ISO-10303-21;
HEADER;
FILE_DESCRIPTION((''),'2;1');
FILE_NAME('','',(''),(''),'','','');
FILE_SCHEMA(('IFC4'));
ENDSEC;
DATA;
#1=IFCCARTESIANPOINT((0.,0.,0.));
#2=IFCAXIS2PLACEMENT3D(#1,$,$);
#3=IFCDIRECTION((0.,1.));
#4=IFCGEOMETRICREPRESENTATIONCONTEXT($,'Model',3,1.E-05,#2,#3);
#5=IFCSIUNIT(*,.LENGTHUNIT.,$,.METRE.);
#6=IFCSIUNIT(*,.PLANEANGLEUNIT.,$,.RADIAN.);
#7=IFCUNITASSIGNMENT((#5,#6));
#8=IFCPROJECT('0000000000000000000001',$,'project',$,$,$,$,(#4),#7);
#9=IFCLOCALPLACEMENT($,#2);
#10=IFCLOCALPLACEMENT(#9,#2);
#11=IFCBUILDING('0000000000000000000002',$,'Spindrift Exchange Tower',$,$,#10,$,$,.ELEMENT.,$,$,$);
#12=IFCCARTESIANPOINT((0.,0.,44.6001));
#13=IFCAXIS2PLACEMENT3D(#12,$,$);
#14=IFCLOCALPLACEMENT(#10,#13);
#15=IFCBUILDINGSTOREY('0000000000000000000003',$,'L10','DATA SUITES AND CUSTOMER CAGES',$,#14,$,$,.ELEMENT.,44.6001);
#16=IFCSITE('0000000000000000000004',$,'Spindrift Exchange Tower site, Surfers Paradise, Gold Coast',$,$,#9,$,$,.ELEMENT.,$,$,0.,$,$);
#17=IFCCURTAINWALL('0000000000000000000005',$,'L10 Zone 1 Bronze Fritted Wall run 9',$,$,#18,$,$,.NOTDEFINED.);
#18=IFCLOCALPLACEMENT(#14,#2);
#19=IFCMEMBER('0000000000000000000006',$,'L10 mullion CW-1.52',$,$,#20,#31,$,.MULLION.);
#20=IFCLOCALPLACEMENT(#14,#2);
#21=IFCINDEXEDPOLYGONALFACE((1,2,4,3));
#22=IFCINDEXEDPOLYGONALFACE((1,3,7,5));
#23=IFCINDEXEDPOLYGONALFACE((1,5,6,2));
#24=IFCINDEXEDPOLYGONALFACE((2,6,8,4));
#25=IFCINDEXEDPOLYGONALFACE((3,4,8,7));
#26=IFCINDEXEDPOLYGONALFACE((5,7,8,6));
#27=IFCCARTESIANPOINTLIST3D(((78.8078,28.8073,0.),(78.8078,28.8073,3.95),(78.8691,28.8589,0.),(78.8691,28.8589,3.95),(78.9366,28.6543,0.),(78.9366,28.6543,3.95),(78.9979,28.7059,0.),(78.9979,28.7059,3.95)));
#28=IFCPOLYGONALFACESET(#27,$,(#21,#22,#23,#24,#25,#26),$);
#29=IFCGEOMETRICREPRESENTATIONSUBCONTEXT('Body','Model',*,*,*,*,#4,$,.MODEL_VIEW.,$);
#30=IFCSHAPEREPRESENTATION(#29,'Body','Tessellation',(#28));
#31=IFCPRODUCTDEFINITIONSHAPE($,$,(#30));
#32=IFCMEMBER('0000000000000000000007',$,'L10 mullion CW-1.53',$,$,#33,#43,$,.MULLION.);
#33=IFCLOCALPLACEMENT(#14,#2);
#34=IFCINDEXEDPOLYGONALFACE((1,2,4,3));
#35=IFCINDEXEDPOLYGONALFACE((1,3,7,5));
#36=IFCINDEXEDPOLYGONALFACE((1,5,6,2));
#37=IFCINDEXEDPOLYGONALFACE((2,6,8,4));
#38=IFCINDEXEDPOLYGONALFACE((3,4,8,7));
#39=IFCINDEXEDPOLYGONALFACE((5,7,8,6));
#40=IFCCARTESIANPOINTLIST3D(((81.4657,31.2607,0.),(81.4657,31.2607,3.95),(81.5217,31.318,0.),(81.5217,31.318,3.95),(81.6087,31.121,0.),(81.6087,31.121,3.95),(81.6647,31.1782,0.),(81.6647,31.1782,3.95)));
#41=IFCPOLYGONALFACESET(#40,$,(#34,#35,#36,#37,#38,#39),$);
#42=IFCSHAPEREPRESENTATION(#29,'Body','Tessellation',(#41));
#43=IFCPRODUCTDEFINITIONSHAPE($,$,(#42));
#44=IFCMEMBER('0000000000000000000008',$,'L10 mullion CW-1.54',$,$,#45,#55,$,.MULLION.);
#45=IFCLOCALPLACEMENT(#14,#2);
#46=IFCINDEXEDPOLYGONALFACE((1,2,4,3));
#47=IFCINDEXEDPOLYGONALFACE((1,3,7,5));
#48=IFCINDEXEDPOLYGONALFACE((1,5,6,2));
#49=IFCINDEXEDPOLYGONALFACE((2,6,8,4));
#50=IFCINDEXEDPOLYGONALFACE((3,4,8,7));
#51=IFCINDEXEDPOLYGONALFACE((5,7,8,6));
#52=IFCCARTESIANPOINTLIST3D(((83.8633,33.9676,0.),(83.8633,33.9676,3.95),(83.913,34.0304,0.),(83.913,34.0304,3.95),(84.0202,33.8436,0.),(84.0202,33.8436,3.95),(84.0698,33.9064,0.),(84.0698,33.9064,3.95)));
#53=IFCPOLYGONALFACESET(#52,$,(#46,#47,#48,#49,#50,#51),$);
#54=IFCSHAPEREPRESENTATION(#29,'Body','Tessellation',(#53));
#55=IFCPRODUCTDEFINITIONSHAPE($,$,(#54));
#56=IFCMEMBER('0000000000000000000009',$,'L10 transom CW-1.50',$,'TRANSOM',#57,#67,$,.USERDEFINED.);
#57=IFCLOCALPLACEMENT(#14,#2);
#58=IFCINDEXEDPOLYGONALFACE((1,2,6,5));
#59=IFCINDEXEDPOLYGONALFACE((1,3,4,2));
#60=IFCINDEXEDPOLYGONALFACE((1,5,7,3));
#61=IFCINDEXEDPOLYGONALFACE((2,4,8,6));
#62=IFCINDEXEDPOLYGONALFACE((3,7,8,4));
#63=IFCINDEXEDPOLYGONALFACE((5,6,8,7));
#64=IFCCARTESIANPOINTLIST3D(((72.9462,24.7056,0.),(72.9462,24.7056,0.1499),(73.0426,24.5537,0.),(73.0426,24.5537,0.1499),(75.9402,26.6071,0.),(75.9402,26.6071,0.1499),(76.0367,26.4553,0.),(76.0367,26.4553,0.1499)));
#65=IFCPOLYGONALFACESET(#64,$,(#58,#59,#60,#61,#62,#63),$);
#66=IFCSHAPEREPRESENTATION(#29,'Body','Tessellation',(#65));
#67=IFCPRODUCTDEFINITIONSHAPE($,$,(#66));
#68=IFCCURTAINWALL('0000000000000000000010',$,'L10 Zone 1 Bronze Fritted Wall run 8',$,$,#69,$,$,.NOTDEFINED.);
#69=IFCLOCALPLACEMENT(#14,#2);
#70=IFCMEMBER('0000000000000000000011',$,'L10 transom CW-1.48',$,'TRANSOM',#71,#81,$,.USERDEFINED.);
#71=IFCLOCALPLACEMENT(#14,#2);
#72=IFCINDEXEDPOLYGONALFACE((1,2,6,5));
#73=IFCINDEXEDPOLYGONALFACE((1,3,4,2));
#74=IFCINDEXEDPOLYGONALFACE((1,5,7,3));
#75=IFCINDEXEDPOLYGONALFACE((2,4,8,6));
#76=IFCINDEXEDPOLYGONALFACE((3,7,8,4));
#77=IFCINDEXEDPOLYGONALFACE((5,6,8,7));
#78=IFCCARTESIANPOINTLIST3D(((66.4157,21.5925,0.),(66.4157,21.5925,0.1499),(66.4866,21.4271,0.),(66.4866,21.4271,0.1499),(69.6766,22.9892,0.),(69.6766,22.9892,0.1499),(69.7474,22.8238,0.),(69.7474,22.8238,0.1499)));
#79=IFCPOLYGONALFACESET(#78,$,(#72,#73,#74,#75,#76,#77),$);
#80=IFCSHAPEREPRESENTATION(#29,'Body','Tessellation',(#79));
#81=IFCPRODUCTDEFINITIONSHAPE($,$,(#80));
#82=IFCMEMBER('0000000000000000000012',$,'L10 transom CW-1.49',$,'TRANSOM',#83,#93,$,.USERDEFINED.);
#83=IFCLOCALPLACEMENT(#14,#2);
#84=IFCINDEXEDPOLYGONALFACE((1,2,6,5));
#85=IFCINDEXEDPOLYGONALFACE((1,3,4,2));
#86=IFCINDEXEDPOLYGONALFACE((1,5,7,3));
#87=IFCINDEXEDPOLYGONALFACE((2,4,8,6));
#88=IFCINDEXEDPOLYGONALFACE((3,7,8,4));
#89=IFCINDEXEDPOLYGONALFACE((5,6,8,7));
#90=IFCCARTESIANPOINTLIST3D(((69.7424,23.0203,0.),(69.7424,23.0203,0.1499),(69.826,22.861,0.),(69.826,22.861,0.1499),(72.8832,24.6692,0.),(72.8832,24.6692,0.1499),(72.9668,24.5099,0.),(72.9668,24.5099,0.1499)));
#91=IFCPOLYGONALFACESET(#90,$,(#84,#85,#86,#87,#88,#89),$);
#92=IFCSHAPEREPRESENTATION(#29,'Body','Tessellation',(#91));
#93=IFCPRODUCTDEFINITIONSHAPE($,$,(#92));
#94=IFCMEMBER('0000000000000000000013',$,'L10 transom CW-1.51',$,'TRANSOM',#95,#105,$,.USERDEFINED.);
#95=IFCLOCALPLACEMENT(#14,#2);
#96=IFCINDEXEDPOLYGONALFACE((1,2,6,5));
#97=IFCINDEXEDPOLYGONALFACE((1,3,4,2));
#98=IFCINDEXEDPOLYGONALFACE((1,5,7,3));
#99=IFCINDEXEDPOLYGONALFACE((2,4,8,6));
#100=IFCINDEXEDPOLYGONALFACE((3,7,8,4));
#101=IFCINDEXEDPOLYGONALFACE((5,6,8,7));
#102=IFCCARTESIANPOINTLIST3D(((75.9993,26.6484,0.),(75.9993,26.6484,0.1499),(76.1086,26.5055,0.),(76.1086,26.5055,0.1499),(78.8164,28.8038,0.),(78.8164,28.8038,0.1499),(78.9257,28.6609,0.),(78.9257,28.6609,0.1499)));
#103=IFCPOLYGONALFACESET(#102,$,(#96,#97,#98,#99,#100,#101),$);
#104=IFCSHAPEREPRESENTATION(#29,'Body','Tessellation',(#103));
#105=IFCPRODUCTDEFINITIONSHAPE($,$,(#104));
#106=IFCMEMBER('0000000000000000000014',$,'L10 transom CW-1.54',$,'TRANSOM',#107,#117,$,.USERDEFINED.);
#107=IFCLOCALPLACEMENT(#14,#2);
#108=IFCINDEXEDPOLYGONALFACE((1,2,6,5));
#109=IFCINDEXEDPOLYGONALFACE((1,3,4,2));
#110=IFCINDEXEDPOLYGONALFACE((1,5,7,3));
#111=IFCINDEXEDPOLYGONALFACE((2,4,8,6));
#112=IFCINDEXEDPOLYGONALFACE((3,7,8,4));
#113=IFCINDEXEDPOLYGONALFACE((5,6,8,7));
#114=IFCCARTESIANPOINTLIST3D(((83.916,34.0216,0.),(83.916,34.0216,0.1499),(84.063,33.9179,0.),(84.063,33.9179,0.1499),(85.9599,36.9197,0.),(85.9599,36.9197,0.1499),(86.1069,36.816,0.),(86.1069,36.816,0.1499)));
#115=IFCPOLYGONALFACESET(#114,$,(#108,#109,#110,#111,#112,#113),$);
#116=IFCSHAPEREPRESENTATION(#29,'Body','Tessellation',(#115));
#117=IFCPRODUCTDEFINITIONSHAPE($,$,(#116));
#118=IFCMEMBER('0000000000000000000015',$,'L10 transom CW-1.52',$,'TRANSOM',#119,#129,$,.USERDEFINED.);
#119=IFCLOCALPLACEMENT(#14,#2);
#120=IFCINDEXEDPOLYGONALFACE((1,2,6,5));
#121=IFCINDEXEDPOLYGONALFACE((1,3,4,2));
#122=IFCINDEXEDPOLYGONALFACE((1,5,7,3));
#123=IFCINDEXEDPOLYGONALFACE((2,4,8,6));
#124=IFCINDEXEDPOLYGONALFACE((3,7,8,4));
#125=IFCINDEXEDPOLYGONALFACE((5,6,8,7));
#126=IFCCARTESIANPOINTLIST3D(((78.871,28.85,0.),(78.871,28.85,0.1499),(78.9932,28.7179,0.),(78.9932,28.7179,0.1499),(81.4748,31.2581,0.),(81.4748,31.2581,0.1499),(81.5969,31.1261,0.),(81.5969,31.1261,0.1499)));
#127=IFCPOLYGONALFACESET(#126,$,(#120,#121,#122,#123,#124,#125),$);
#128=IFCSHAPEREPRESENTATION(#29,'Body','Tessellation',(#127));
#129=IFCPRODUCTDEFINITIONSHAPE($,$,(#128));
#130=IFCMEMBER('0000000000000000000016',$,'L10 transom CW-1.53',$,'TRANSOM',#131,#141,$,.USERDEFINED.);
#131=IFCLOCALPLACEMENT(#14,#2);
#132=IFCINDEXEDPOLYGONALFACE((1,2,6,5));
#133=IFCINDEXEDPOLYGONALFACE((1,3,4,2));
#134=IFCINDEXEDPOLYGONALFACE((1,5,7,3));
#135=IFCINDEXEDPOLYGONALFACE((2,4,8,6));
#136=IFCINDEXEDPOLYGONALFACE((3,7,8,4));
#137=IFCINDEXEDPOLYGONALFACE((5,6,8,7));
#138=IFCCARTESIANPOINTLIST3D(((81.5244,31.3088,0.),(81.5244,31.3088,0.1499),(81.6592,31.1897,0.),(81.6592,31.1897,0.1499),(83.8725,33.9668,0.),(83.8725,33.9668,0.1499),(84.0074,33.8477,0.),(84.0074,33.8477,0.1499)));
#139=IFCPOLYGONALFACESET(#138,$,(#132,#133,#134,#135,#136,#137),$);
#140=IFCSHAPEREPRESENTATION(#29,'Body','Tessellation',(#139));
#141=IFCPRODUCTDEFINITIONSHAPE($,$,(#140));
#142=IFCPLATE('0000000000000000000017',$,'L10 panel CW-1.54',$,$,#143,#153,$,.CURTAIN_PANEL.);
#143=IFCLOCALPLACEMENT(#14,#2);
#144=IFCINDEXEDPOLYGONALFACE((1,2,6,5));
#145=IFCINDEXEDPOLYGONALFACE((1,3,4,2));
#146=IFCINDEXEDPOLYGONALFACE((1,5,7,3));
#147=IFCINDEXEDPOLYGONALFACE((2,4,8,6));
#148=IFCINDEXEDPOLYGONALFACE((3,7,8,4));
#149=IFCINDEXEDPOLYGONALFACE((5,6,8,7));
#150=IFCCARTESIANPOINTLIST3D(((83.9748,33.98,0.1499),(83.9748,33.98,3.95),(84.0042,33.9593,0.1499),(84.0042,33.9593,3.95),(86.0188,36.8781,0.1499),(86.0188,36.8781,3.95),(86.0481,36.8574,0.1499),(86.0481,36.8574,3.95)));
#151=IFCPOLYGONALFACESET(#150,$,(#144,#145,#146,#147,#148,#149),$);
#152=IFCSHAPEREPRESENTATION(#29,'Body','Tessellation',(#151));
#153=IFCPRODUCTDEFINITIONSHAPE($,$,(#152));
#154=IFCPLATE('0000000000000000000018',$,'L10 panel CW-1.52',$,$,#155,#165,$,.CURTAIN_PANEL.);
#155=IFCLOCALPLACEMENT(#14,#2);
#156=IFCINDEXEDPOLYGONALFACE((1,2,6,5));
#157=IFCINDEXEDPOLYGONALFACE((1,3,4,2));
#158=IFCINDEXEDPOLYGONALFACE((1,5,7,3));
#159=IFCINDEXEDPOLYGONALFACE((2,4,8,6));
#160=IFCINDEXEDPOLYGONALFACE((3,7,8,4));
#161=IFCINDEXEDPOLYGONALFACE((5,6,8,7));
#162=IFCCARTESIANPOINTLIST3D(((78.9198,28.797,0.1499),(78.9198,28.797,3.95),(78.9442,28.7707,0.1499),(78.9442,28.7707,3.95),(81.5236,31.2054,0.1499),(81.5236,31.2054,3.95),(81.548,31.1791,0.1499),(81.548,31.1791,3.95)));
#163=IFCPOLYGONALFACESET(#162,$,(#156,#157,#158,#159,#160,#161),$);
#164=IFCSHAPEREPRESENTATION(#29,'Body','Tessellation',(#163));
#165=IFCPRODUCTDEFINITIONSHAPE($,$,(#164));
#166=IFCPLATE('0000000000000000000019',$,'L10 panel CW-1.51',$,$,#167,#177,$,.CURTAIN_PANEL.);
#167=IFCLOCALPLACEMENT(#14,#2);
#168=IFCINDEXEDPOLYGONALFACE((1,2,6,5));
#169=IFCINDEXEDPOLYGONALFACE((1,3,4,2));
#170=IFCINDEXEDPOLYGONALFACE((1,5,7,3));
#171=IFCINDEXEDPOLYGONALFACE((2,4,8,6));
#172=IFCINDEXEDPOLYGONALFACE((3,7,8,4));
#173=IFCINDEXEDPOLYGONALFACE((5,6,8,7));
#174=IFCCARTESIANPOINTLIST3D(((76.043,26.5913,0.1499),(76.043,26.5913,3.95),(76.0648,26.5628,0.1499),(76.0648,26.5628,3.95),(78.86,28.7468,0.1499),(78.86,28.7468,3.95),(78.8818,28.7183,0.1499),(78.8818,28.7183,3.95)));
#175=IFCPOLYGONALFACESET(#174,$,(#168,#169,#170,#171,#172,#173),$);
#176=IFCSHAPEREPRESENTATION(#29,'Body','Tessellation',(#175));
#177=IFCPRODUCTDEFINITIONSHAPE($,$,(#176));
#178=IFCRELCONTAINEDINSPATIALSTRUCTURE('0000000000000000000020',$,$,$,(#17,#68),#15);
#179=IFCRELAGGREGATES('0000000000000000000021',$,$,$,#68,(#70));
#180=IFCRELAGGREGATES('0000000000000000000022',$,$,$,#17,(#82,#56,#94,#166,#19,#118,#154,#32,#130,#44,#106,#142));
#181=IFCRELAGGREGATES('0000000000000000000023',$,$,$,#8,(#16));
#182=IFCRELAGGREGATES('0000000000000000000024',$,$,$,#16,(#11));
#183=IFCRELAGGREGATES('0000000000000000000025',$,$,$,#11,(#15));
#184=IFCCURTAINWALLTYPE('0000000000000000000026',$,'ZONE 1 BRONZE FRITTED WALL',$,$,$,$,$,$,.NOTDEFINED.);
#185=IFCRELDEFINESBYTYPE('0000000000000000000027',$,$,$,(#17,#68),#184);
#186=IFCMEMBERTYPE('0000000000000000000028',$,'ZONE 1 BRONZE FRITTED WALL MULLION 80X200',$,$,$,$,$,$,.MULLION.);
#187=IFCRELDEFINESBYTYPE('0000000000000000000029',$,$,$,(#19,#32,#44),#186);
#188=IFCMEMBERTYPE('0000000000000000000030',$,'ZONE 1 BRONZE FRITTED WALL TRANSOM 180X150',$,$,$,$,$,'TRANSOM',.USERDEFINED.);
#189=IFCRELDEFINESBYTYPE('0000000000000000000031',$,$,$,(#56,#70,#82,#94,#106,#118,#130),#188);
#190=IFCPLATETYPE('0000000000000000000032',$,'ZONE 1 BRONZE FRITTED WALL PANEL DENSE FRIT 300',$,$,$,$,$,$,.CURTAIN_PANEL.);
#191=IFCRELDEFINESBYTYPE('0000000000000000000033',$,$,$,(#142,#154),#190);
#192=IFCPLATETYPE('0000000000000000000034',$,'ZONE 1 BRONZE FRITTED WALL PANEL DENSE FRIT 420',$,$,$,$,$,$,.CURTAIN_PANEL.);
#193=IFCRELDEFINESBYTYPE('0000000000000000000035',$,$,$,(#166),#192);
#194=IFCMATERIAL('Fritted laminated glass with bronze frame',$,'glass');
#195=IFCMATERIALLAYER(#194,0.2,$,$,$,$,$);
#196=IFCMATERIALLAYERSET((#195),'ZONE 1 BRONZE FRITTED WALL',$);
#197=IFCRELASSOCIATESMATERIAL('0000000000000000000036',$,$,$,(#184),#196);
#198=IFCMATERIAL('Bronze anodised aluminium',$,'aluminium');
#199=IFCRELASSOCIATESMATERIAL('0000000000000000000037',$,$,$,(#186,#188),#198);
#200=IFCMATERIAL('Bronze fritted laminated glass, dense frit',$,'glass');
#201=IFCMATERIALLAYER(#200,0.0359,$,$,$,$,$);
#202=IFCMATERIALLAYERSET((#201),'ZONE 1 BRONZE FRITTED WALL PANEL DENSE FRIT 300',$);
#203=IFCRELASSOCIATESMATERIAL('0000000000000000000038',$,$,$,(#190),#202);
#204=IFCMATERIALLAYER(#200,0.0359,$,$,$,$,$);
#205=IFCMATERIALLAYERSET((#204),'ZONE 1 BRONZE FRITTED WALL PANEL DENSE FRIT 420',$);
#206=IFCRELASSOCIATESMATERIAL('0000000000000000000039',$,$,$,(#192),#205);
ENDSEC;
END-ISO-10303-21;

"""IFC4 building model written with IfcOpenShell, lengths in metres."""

from ifc_helpers import new_model, si_unit, direction, frame, origin, origin_2d, place, context, subcontext, project, spatial, rectangle, extrude, source, transform, mapped, material, layer, layer_set, material_profile, profile_set, type_object, element, aggregate, save


model = new_model("IFC4")

# Units and contexts
model_context = context("Model", 3, precision=1e-05, world=origin(), true_north=direction((0.0, 1.0)))
body_context = subcontext(model_context, "Body", "Model", "MODEL_VIEW")
ifc_project = project(units=[si_unit("LENGTHUNIT", "METRE"), si_unit("PLANEANGLEUNIT", "RADIAN")], contexts=[model_context])

# Site, building, storey
site_placement = place(None, origin())
site = spatial("IfcSite", under=ifc_project, at=site_placement, Name="Spindrift Exchange Tower site, Surfers Paradise, Gold Coast", CompositionType="ELEMENT", RefElevation=0.0)
building_placement = place(site_placement, origin())
building = spatial("IfcBuilding", under=site, at=building_placement, Name="Spindrift Exchange Tower", CompositionType="ELEMENT")
storey_placement = place(building_placement, frame((0.0, 0.0, 44.6001)))
storey = spatial("IfcBuildingStorey", under=building, at=storey_placement, Name="L10", Description="DATA SUITES AND CUSTOMER CAGES", CompositionType="ELEMENT", Elevation=44.6001)

# Curtain wall, members
ifc_material_1 = material(Name="Fritted laminated glass with bronze frame", Category="glass")
ifc_layer_1 = layer(ifc_material_1, 0.2)
ifc_layer_set_1 = layer_set([ifc_layer_1], Name="ZONE 1 BRONZE FRITTED WALL")
curtain_wall_type = type_object("IfcCurtainWallType", Name="ZONE 1 BRONZE FRITTED WALL", PredefinedType="NOTDEFINED", material=ifc_layer_set_1)
curtain_wall_1_placement = place(storey_placement, origin())
curtain_wall_1 = element("IfcCurtainWall", 1, at=curtain_wall_1_placement, inside=storey, type_object=curtain_wall_type, Name="L10 Zone 1 Bronze Fritted Wall run 9", PredefinedType="NOTDEFINED")
ifc_material_2 = material(Name="Bronze anodised aluminium", Category="aluminium")
ifc_material_profile_1 = material_profile(ifc_material_2, rectangle(XDim=0.0801, YDim=0.2, at=origin_2d()), Name="ZONE 1 BRONZE FRITTED WALL MULLION 80X200")
ifc_profile_set_1 = profile_set([ifc_material_profile_1], Name="Bronze anodised aluminium")
member_type_1 = type_object("IfcMemberType", Name="ZONE 1 BRONZE FRITTED WALL MULLION 80X200", PredefinedType="MULLION", material=ifc_profile_set_1)
shared_shape_1 = source(origin(), body_context, "Body", "SweptSolid", [
    extrude(rectangle(XDim=0.0801, YDim=0.2, at=origin_2d()), origin(), (0.0, 0.0, 1.0), 3.95),
])
member_1_placement = place(storey_placement, frame((78.9028, 28.7566, 0.0), z_axis=(0.0, 0.0, 1.0), x_axis=(0.764985, 0.644049, 0.0)))
member_1 = element("IfcMember", 2, at=member_1_placement, type_object=member_type_1, Name="L10 mullion CW-1.52", PredefinedType="MULLION", context=body_context, shape_type="MappedRepresentation", body=[
    mapped(shared_shape_1, transform((0.0, 0.0, 0.0), scale=1.0)),
])
member_2_placement = place(storey_placement, frame((81.5652, 31.2195, 0.0), z_axis=(0.0, 0.0, 1.0), x_axis=(0.699005, 0.715117, 0.0)))
member_2 = element("IfcMember", 3, at=member_2_placement, type_object=member_type_1, Name="L10 mullion CW-1.53", PredefinedType="MULLION", context=body_context, shape_type="MappedRepresentation", body=[
    mapped(shared_shape_1, transform((0.0, 0.0, 0.0), scale=1.0)),
])
member_3_placement = place(storey_placement, frame((83.9666, 33.937, 0.0), z_axis=(0.0, 0.0, 1.0), x_axis=(0.620163, 0.784473, 0.0)))
member_3 = element("IfcMember", 4, at=member_3_placement, type_object=member_type_1, Name="L10 mullion CW-1.54", PredefinedType="MULLION", context=body_context, shape_type="MappedRepresentation", body=[
    mapped(shared_shape_1, transform((0.0, 0.0, 0.0), scale=1.0)),
])
ifc_material_profile_2 = material_profile(ifc_material_2, rectangle(XDim=0.1799, YDim=0.1499, at=origin_2d()), Name="ZONE 1 BRONZE FRITTED WALL TRANSOM 180X150")
ifc_profile_set_2 = profile_set([ifc_material_profile_2], Name="Bronze anodised aluminium")
member_type_2 = type_object("IfcMemberType", Name="ZONE 1 BRONZE FRITTED WALL TRANSOM 180X150", ElementType="TRANSOM", PredefinedType="USERDEFINED", material=ifc_profile_set_2)
shared_shape_2 = source(origin(), body_context, "Body", "SweptSolid", [
    extrude(rectangle(XDim=0.1799, YDim=0.1499, at=origin_2d()), origin(), (0.0, 0.0, 1.0), 3.5469),
])
member_4_placement = place(storey_placement, frame((72.9944, 24.6296, 0.075), z_axis=(0.84414, 0.536123, 0.0), x_axis=(-0.536123, 0.84414, 0.0)))
member_4 = element("IfcMember", 5, at=member_4_placement, type_object=member_type_2, Name="L10 transom CW-1.50", ObjectType="TRANSOM", PredefinedType="USERDEFINED", context=body_context, shape_type="MappedRepresentation", body=[
    mapped(shared_shape_2, transform((0.0, 0.0, 0.0), scale=1.0)),
])

# Curtain wall, member
curtain_wall_2_placement = place(storey_placement, origin())
curtain_wall_2 = element("IfcCurtainWall", 6, at=curtain_wall_2_placement, inside=storey, type_object=curtain_wall_type, Name="L10 Zone 1 Bronze Fritted Wall run 8", PredefinedType="NOTDEFINED")
shared_shape_3 = source(origin(), body_context, "Body", "SweptSolid", [
    extrude(rectangle(XDim=0.1799, YDim=0.1499, at=origin_2d()), origin(), (0.0, 0.0, 1.0), 3.5474),
])
member_5_placement = place(storey_placement, frame((66.4512, 21.5098, 0.075), z_axis=(0.91922, 0.393745, 0.0), x_axis=(-0.393745, 0.91922, 0.0)))
member_5 = element("IfcMember", 7, at=member_5_placement, type_object=member_type_2, Name="L10 transom CW-1.48", ObjectType="TRANSOM", PredefinedType="USERDEFINED", context=body_context, shape_type="MappedRepresentation", body=[
    mapped(shared_shape_3, transform((0.0, 0.0, 0.0), scale=1.0)),
])

# Members
member_6_placement = place(storey_placement, frame((69.7842, 22.9407, 0.075), z_axis=(0.885401, 0.464827, 0.0), x_axis=(-0.464827, 0.885401, 0.0)))
member_6 = element("IfcMember", 8, at=member_6_placement, type_object=member_type_2, Name="L10 transom CW-1.49", ObjectType="TRANSOM", PredefinedType="USERDEFINED", context=body_context, shape_type="MappedRepresentation", body=[
    mapped(shared_shape_3, transform((0.0, 0.0, 0.0), scale=1.0)),
])
shared_shape_4 = source(origin(), body_context, "Body", "SweptSolid", [
    extrude(rectangle(XDim=0.1799, YDim=0.1499, at=origin_2d()), origin(), (0.0, 0.0, 1.0), 3.5471),
])
member_7_placement = place(storey_placement, frame((76.054, 26.5769, 0.075), z_axis=(0.79419, 0.60767, 0.0), x_axis=(-0.60767, 0.79419, 0.0)))
member_7 = element("IfcMember", 9, at=member_7_placement, type_object=member_type_2, Name="L10 transom CW-1.51", ObjectType="TRANSOM", PredefinedType="USERDEFINED", context=body_context, shape_type="MappedRepresentation", body=[
    mapped(shared_shape_4, transform((0.0, 0.0, 0.0), scale=1.0)),
])
shared_shape_5 = source(origin(), body_context, "Body", "SweptSolid", [
    extrude(rectangle(XDim=0.1799, YDim=0.1499, at=origin_2d()), origin(), (0.0, 0.0, 1.0), 3.5464),
])
member_8_placement = place(storey_placement, frame((83.9895, 33.9697, 0.075), z_axis=(0.576337, 0.817212, 0.0), x_axis=(-0.817212, 0.576337, 0.0)))
member_8 = element("IfcMember", 10, at=member_8_placement, type_object=member_type_2, Name="L10 transom CW-1.54", ObjectType="TRANSOM", PredefinedType="USERDEFINED", context=body_context, shape_type="MappedRepresentation", body=[
    mapped(shared_shape_5, transform((0.0, 0.0, 0.0), scale=1.0)),
])
shared_shape_6 = source(origin(), body_context, "Body", "SweptSolid", [
    extrude(rectangle(XDim=0.1799, YDim=0.1499, at=origin_2d()), origin(), (0.0, 0.0, 1.0), 3.5466),
])
member_9_placement = place(storey_placement, frame((78.9321, 28.7839, 0.075), z_axis=(0.734138, 0.679, 0.0), x_axis=(-0.679, 0.734138, 0.0)))
member_9 = element("IfcMember", 11, at=member_9_placement, type_object=member_type_2, Name="L10 transom CW-1.52", ObjectType="TRANSOM", PredefinedType="USERDEFINED", context=body_context, shape_type="MappedRepresentation", body=[
    mapped(shared_shape_6, transform((0.0, 0.0, 0.0), scale=1.0)),
])
member_10_placement = place(storey_placement, frame((81.5918, 31.2493, 0.075), z_axis=(0.662079, 0.749434, 0.0), x_axis=(-0.749434, 0.662079, 0.0)))
member_10 = element("IfcMember", 12, at=member_10_placement, type_object=member_type_2, Name="L10 transom CW-1.53", ObjectType="TRANSOM", PredefinedType="USERDEFINED", context=body_context, shape_type="MappedRepresentation", body=[
    mapped(shared_shape_6, transform((0.0, 0.0, 0.0), scale=1.0)),
])

# Plates
ifc_material_3 = material(Name="Bronze fritted laminated glass, dense frit", Category="glass")
ifc_layer_2 = layer(ifc_material_3, 0.0359)
ifc_layer_set_2 = layer_set([ifc_layer_2], Name="ZONE 1 BRONZE FRITTED WALL PANEL DENSE FRIT 300")
plate_type_1 = type_object("IfcPlateType", Name="ZONE 1 BRONZE FRITTED WALL PANEL DENSE FRIT 300", PredefinedType="CURTAIN_PANEL", material=ifc_layer_set_2)
shared_shape_7 = source(origin(), body_context, "Body", "SweptSolid", [
    extrude(rectangle(XDim=3.5464, YDim=0.0359, at=origin_2d()), origin(), (0.0, 0.0, 1.0), 3.8),
])
plate_1_placement = place(storey_placement, frame((85.0115, 35.4187, 0.1499), z_axis=(0.0, 0.0, 1.0), x_axis=(0.57635, 0.817203, 0.0)))
plate_1 = element("IfcPlate", 13, at=plate_1_placement, type_object=plate_type_1, Name="L10 panel CW-1.54", PredefinedType="CURTAIN_PANEL", context=body_context, shape_type="MappedRepresentation", body=[
    mapped(shared_shape_7, transform((0.0, 0.0, 0.0), scale=1.0)),
])
shared_shape_8 = source(origin(), body_context, "Body", "SweptSolid", [
    extrude(rectangle(XDim=3.5469, YDim=0.0359, at=origin_2d()), origin(), (0.0, 0.0, 1.0), 3.8),
])
plate_2_placement = place(storey_placement, frame((80.2339, 29.988, 0.1499), z_axis=(0.0, 0.0, 1.0), x_axis=(0.734115, 0.679025, 0.0)))
plate_2 = element("IfcPlate", 14, at=plate_2_placement, type_object=plate_type_1, Name="L10 panel CW-1.52", PredefinedType="CURTAIN_PANEL", context=body_context, shape_type="MappedRepresentation", body=[
    mapped(shared_shape_8, transform((0.0, 0.0, 0.0), scale=1.0)),
])
ifc_layer_3 = layer(ifc_material_3, 0.0359)
ifc_layer_set_3 = layer_set([ifc_layer_3], Name="ZONE 1 BRONZE FRITTED WALL PANEL DENSE FRIT 420")
plate_type_2 = type_object("IfcPlateType", Name="ZONE 1 BRONZE FRITTED WALL PANEL DENSE FRIT 420", PredefinedType="CURTAIN_PANEL", material=ifc_layer_set_3)
shared_shape_9 = source(origin(), body_context, "Body", "SweptSolid", [
    extrude(rectangle(XDim=3.5471, YDim=0.0359, at=origin_2d()), origin(), (0.0, 0.0, 1.0), 3.8),
])
plate_3_placement = place(storey_placement, frame((77.4624, 27.6548, 0.1499), z_axis=(0.0, 0.0, 1.0), x_axis=(0.79419, 0.60767, 0.0)))
plate_3 = element("IfcPlate", 15, at=plate_3_placement, type_object=plate_type_2, Name="L10 panel CW-1.51", PredefinedType="CURTAIN_PANEL", context=body_context, shape_type="MappedRepresentation", body=[
    mapped(shared_shape_9, transform((0.0, 0.0, 0.0), scale=1.0)),
])
aggregate(curtain_wall_2, [member_5])
aggregate(curtain_wall_1, [member_6, member_4, member_7, plate_3, member_1, member_9, plate_2, member_2, member_10, member_3, member_8, plate_1])

save(model, "model.ifc")
